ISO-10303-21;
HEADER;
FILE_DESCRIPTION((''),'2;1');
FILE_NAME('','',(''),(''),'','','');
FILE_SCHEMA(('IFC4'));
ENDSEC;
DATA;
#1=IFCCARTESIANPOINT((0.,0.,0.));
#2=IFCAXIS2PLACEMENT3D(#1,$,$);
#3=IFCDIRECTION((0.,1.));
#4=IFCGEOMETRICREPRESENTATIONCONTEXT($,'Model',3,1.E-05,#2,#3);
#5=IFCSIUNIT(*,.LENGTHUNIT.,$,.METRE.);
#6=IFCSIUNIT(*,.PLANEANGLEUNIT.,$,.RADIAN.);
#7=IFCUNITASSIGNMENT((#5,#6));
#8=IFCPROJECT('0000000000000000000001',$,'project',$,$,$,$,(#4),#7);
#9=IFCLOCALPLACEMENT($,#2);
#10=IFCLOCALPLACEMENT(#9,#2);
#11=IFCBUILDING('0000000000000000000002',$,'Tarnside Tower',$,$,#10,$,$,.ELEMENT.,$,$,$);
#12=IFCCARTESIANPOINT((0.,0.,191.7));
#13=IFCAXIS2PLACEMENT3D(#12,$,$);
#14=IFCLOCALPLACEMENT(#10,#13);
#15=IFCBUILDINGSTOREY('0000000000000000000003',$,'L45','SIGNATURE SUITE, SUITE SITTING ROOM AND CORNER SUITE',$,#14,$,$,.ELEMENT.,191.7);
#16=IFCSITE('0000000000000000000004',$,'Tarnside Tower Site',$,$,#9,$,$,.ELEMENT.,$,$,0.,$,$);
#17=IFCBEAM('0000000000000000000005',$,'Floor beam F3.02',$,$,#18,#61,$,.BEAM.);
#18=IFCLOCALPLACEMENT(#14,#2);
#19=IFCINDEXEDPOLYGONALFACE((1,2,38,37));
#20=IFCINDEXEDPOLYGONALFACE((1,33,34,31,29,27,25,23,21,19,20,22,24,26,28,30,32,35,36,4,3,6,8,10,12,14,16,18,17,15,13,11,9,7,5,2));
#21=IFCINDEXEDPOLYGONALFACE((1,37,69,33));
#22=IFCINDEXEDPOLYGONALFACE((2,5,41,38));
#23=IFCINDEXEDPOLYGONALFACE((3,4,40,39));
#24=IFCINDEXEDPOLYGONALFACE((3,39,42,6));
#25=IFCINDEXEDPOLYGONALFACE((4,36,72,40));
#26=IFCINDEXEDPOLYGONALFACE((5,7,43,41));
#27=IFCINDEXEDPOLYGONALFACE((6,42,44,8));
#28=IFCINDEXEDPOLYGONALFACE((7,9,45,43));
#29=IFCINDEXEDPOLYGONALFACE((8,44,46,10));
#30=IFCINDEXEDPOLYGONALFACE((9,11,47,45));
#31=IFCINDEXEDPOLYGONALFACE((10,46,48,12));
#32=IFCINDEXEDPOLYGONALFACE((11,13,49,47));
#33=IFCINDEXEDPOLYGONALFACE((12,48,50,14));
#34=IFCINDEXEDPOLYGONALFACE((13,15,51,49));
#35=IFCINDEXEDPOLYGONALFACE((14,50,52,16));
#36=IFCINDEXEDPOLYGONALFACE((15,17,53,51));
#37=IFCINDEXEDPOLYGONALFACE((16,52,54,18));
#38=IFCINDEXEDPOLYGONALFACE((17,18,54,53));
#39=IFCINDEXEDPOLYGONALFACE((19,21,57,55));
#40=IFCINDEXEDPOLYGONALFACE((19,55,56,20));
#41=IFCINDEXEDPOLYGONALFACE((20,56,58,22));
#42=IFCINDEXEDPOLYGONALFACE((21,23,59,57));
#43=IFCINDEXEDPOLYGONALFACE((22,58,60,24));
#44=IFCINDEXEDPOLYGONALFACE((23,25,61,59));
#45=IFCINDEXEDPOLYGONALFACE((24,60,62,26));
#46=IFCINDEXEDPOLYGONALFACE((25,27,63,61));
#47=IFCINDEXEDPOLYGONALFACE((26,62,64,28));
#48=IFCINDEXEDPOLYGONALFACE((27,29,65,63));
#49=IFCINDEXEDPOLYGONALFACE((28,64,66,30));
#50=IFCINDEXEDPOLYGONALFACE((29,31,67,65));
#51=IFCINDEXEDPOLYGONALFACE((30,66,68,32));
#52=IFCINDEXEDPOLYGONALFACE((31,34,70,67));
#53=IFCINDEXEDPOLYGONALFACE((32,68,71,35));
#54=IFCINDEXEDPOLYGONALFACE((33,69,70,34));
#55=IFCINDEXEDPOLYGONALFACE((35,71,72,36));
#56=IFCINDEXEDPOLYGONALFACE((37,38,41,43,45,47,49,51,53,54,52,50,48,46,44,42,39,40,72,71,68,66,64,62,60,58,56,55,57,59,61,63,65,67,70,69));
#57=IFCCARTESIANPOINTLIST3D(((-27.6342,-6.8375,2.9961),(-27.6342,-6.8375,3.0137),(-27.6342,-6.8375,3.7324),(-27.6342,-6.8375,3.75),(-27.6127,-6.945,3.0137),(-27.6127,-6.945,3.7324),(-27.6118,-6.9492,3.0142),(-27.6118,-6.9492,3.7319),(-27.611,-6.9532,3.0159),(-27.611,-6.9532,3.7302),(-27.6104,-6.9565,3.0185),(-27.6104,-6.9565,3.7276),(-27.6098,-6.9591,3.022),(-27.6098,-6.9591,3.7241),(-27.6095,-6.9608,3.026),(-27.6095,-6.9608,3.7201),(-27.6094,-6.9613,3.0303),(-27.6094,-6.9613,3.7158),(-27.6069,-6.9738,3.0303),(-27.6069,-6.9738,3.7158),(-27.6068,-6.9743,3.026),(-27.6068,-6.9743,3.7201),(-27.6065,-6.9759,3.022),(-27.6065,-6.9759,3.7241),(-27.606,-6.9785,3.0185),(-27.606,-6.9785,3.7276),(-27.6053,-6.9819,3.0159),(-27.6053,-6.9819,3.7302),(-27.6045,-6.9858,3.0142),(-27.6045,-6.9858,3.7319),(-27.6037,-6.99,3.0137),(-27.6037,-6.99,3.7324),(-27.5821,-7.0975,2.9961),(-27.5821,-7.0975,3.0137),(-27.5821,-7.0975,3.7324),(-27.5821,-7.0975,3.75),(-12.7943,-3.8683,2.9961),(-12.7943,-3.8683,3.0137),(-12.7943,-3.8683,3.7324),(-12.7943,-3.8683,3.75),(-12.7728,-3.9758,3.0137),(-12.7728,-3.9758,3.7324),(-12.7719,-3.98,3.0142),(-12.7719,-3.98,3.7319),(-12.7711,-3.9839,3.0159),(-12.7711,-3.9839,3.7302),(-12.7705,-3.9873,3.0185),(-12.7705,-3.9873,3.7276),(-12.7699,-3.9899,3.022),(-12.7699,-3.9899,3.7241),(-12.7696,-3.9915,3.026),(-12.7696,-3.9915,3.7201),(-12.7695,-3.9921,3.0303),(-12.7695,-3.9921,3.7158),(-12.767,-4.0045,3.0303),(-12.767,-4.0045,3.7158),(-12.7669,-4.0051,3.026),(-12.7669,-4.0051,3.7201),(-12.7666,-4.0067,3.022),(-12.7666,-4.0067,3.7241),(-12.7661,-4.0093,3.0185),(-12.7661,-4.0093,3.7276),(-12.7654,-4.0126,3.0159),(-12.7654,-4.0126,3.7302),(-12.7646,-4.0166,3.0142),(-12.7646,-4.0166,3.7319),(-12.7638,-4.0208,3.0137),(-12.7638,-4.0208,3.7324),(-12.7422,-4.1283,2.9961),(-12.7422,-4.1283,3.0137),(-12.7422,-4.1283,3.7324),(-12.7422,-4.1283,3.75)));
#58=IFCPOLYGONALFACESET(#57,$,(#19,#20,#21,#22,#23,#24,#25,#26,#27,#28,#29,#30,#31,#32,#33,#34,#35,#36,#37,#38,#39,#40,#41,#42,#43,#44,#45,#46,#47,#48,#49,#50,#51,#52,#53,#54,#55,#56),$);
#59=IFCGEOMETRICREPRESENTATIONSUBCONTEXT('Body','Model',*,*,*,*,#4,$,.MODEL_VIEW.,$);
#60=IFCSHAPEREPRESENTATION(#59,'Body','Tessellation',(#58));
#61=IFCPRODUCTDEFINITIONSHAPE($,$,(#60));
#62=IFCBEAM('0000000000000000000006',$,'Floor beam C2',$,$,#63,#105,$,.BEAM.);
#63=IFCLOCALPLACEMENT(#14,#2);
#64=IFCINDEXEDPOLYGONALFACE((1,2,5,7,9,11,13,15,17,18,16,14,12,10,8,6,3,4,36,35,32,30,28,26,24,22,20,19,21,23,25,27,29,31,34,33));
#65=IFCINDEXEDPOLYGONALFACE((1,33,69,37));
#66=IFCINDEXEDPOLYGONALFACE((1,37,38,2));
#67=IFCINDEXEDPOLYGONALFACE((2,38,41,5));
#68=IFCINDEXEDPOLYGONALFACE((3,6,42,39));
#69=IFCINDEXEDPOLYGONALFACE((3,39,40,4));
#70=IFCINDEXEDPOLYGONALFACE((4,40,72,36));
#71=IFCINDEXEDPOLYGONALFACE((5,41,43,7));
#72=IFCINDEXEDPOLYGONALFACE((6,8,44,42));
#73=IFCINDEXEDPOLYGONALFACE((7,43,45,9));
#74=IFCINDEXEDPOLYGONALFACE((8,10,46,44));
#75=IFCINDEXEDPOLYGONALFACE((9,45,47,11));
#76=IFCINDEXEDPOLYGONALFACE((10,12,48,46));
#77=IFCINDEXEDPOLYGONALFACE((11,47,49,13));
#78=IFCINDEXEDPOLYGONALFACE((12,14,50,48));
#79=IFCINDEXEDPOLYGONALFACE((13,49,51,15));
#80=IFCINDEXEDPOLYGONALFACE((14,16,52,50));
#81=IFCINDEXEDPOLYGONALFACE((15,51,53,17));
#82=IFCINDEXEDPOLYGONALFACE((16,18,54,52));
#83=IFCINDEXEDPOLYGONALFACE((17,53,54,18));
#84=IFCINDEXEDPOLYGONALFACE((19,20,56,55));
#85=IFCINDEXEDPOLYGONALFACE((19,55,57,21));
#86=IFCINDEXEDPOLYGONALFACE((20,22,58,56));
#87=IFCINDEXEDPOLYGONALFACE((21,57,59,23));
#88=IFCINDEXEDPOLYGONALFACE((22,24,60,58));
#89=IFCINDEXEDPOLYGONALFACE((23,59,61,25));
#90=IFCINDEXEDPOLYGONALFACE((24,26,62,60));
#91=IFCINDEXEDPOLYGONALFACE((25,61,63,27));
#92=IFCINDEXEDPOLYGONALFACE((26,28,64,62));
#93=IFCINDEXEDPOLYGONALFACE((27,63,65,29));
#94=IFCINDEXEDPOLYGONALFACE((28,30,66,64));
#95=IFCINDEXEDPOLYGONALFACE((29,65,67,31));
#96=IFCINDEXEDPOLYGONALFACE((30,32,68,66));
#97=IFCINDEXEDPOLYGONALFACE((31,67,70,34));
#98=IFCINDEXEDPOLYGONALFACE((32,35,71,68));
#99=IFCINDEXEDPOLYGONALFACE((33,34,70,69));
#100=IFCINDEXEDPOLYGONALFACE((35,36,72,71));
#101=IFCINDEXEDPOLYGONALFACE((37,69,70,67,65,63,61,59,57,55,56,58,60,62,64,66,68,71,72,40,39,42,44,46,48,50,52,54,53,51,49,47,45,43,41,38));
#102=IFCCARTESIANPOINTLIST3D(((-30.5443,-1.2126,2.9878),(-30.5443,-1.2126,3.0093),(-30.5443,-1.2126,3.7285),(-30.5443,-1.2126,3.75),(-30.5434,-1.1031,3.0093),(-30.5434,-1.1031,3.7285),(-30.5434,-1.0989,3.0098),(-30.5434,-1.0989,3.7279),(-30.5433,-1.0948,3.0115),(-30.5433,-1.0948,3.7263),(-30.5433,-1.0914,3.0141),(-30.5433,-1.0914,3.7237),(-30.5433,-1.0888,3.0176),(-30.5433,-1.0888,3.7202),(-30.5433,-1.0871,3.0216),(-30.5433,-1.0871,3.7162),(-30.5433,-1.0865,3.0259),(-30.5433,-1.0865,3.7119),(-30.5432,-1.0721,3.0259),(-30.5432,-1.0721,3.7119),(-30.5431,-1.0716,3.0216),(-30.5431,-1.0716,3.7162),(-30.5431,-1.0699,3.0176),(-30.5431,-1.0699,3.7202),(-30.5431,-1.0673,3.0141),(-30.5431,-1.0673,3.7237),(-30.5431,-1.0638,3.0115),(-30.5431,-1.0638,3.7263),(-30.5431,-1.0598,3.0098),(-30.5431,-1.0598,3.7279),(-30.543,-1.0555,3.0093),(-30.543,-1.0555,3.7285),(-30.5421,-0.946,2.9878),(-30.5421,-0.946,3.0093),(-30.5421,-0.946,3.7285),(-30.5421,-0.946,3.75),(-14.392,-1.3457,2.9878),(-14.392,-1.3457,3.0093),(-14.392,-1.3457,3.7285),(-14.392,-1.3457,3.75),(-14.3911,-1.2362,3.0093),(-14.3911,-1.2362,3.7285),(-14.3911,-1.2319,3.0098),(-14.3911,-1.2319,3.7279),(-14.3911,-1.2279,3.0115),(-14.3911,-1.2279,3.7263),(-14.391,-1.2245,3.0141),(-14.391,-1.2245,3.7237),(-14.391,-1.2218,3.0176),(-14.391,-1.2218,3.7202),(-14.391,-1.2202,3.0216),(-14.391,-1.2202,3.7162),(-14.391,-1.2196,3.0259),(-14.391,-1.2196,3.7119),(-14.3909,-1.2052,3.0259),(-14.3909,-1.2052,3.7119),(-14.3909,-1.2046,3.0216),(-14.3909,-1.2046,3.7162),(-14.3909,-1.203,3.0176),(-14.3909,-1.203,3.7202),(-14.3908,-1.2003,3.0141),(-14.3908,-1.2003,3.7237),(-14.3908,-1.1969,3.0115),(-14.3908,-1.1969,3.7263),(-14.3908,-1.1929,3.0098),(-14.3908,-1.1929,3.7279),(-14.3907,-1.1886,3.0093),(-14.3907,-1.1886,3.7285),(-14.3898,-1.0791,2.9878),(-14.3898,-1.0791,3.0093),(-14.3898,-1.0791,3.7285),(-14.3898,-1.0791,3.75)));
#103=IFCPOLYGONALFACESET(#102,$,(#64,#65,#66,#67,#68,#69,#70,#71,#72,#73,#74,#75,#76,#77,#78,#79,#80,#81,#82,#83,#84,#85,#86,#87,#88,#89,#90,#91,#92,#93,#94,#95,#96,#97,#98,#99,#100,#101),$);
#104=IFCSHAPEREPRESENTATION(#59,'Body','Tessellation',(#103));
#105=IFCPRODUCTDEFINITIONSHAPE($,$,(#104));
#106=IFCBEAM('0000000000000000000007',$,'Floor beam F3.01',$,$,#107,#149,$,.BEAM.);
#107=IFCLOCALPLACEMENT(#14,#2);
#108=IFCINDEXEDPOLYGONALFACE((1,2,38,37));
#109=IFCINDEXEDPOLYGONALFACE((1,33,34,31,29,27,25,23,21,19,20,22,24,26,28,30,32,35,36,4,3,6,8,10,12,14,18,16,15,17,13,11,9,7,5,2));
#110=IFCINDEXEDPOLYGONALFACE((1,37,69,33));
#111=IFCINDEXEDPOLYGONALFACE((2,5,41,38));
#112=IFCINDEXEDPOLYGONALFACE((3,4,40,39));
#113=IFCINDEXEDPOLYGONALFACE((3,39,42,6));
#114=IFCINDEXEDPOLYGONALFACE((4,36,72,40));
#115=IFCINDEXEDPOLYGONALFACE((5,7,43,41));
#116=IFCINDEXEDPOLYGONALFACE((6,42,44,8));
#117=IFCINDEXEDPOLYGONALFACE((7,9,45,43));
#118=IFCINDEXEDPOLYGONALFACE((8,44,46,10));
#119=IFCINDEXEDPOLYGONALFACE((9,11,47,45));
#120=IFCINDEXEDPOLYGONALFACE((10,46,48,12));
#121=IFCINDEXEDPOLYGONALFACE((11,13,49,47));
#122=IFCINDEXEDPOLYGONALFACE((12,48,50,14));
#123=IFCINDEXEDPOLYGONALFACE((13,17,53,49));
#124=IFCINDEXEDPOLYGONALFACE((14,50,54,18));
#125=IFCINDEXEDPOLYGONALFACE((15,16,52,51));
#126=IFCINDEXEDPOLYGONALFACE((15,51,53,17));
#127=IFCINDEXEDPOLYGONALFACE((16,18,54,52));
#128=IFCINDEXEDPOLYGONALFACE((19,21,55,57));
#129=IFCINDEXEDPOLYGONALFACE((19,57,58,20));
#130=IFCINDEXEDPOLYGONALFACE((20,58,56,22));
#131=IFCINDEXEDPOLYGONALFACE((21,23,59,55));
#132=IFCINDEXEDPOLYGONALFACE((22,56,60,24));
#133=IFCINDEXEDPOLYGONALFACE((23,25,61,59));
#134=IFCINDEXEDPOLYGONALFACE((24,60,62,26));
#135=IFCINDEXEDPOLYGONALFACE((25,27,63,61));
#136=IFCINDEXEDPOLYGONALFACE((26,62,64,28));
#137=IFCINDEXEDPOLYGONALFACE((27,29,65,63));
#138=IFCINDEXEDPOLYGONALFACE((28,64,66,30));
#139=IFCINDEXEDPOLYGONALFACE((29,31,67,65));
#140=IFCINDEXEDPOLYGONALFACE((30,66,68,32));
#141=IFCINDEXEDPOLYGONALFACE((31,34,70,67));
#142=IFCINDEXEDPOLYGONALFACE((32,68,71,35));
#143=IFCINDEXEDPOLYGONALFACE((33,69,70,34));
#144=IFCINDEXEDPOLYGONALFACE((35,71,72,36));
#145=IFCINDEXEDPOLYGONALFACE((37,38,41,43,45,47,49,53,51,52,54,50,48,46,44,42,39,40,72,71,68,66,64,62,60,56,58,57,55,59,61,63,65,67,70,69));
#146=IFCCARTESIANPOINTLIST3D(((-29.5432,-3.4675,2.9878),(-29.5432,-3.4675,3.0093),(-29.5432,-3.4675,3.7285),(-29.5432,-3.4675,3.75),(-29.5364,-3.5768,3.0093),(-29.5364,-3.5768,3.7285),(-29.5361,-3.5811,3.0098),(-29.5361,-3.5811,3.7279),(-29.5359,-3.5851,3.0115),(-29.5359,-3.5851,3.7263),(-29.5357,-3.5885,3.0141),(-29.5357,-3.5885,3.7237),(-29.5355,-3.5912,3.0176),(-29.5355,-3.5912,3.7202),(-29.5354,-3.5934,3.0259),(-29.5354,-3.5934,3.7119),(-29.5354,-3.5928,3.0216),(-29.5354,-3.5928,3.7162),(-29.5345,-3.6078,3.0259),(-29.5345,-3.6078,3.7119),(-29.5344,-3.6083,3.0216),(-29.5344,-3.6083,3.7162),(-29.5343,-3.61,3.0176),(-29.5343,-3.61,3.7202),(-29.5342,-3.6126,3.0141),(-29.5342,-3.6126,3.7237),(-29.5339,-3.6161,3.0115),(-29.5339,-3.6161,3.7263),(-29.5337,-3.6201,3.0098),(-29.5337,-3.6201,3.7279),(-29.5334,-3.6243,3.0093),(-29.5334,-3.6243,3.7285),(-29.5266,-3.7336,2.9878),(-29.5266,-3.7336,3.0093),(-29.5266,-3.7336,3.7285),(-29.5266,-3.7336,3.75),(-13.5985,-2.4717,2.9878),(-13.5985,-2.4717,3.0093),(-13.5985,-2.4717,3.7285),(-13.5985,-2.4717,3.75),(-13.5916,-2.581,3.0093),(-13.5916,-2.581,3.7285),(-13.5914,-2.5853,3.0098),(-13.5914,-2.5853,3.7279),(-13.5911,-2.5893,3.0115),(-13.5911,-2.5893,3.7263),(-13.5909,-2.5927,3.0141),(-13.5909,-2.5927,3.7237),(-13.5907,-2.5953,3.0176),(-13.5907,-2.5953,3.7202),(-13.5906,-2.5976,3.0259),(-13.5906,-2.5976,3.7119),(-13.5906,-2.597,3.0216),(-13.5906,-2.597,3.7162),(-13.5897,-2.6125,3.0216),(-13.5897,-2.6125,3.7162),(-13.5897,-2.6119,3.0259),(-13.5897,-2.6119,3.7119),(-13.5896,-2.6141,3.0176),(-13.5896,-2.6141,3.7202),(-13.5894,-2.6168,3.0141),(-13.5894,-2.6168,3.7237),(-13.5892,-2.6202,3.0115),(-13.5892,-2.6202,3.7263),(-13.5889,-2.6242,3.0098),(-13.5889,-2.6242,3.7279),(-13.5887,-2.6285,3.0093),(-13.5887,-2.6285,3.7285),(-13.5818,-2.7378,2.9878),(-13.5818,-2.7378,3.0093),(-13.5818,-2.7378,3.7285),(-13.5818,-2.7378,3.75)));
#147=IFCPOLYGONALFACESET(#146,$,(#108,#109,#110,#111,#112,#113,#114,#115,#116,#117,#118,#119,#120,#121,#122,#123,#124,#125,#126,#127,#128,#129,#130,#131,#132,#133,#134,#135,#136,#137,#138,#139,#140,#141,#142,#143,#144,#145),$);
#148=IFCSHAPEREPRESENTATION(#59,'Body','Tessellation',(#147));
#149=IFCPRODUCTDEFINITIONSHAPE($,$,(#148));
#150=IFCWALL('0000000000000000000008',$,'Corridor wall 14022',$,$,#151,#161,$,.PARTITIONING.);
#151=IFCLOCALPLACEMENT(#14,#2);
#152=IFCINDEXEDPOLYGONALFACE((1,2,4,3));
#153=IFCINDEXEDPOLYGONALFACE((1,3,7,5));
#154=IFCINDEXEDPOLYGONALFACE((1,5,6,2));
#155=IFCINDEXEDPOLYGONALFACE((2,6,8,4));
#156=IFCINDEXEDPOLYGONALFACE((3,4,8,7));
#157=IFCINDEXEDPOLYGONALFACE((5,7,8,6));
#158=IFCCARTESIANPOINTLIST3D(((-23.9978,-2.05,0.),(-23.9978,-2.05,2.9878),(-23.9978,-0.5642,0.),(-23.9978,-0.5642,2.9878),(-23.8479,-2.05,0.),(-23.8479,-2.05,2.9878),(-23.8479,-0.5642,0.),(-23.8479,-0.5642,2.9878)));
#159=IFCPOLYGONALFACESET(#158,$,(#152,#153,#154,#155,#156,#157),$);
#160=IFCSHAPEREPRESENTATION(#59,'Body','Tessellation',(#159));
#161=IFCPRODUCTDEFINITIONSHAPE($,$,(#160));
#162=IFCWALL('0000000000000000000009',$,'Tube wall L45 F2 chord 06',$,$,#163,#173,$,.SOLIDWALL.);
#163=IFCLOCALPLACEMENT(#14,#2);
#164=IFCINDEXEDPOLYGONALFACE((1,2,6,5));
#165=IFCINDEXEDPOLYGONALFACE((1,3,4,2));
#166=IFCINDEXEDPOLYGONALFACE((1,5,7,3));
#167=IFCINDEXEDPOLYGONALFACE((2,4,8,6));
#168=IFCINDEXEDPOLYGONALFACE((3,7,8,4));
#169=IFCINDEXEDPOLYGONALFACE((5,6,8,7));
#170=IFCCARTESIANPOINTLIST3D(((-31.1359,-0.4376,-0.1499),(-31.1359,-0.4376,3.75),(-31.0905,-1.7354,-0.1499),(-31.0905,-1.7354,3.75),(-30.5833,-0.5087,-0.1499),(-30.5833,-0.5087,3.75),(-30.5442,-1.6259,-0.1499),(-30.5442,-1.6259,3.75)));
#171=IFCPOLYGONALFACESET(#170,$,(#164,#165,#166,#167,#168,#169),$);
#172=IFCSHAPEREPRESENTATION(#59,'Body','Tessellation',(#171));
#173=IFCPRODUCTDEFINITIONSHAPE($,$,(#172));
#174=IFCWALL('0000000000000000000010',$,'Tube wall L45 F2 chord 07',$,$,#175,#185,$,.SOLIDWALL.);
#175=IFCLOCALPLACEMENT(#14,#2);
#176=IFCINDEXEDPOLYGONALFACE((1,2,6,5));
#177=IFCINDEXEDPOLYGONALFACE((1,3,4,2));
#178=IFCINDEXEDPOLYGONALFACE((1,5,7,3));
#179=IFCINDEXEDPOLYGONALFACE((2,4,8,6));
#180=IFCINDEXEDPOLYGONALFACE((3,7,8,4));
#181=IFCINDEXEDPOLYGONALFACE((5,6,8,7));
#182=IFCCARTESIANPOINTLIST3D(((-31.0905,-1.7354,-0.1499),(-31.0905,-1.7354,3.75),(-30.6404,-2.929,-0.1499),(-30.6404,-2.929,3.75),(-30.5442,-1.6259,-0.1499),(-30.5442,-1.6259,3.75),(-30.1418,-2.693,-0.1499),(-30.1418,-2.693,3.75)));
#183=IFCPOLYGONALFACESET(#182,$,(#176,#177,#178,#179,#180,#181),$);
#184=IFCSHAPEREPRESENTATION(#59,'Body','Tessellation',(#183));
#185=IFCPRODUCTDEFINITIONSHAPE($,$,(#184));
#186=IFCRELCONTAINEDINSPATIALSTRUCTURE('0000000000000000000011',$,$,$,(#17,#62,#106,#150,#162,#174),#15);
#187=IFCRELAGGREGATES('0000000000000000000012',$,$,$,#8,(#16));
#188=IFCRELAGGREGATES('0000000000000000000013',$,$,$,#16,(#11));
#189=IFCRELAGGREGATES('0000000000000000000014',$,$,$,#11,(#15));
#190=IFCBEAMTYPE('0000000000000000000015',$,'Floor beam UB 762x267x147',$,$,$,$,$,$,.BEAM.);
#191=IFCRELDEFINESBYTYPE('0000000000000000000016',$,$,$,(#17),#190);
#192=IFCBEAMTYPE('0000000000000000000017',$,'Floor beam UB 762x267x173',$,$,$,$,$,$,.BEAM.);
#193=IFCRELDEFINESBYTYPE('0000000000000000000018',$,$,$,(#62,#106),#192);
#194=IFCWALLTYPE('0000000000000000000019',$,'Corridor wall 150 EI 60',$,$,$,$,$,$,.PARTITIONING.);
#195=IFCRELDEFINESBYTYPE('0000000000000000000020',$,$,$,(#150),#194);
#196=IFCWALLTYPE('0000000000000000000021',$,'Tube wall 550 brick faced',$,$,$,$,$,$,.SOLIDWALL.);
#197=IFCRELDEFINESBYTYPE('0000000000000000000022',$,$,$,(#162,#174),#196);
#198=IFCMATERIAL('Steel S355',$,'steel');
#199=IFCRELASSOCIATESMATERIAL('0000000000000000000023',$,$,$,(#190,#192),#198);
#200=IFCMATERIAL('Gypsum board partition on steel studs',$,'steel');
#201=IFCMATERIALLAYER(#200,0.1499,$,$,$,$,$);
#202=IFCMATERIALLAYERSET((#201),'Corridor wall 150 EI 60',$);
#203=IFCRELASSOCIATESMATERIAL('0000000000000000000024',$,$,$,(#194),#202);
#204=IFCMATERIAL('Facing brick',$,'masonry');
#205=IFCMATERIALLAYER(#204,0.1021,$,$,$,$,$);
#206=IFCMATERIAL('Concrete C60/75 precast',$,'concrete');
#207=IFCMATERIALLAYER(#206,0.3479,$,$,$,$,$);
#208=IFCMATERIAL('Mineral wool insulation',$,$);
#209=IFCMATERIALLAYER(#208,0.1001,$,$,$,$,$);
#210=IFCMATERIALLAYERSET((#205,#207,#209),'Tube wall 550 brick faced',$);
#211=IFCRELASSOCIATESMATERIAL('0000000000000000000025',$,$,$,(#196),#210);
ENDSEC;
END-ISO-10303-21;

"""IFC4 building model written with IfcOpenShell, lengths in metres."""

from ifc_helpers import new_model, si_unit, direction, frame, frame_2d, origin, origin_2d, place, context, subcontext, project, spatial, polyline, rectangle, i_section, outline, extrude, material, layer, layer_set, material_profile, profile_set, type_object, element, save


model = new_model("IFC4")

# Units and contexts
model_context = context("Model", 3, precision=1e-05, world=origin(), true_north=direction((0.0, 1.0)))
body_context = subcontext(model_context, "Body", "Model", "MODEL_VIEW")
ifc_project = project(units=[si_unit("LENGTHUNIT", "METRE"), si_unit("PLANEANGLEUNIT", "RADIAN")], contexts=[model_context])

# Site, building, storey
site_placement = place(None, origin())
site = spatial("IfcSite", under=ifc_project, at=site_placement, Name="Tarnside Tower Site", CompositionType="ELEMENT", RefElevation=0.0)
building_placement = place(site_placement, origin())
building = spatial("IfcBuilding", under=site, at=building_placement, Name="Tarnside Tower", CompositionType="ELEMENT")
storey_placement = place(building_placement, frame((0.0, 0.0, 191.7)))
storey = spatial("IfcBuildingStorey", under=building, at=storey_placement, Name="L45", Description="SIGNATURE SUITE, SUITE SITTING ROOM AND CORNER SUITE", CompositionType="ELEMENT", Elevation=191.7)

# Beams
ifc_material_1 = material(Name="Steel S355", Category="steel")
ifc_material_profile_1 = material_profile(ifc_material_1, i_section(OverallWidth=0.2651, OverallDepth=0.7539, WebThickness=0.0127, FlangeThickness=0.0176, FilletRadius=0.0166, at=origin_2d()), Name="UB 762x267x147")
ifc_profile_set_1 = profile_set([ifc_material_profile_1], Name="Steel S355")
beam_type_1 = type_object("IfcBeamType", Name="Floor beam UB 762x267x147", PredefinedType="BEAM", material=ifc_profile_set_1)
beam_1_placement = place(storey_placement, frame((-27.6082, -6.9675, 3.373), z_axis=(0.980565, 0.196197, 0.0), x_axis=(-0.196197, 0.980565, 0.0)))
element("IfcBeam", 1, at=beam_1_placement, inside=storey, type_object=beam_type_1, Name="Floor beam F3.02", PredefinedType="BEAM", context=body_context, shape_type="SweptSolid", body=[
    extrude(i_section(OverallWidth=0.2651, OverallDepth=0.7539, WebThickness=0.0127, FlangeThickness=0.0176, FilletRadius=0.0166, at=origin_2d()), origin(), (0.0, 0.0, 1.0), 15.134),
])
ifc_material_profile_2 = material_profile(ifc_material_1, i_section(OverallWidth=0.2666, OverallDepth=0.7622, WebThickness=0.0144, FlangeThickness=0.0215, FilletRadius=0.0166, at=origin_2d()), Name="UB 762x267x173")
ifc_profile_set_2 = profile_set([ifc_material_profile_2], Name="Steel S355")
beam_type_2 = type_object("IfcBeamType", Name="Floor beam UB 762x267x173", PredefinedType="BEAM", material=ifc_profile_set_2)
beam_2_placement = place(storey_placement, frame((-30.5432, -1.0793, 3.3689), z_axis=(0.999966, -0.008237, 0.0), x_axis=(0.008237, 0.999966, 0.0)))
element("IfcBeam", 2, at=beam_2_placement, inside=storey, type_object=beam_type_2, Name="Floor beam C2", PredefinedType="BEAM", context=body_context, shape_type="SweptSolid", body=[
    extrude(i_section(OverallWidth=0.2666, OverallDepth=0.7622, WebThickness=0.0144, FlangeThickness=0.0215, FilletRadius=0.0166, at=origin_2d()), origin(), (0.0, 0.0, 1.0), 16.1528),
])
beam_3_placement = place(storey_placement, frame((-29.5349, -3.6006, 3.3689), z_axis=(0.998055, 0.062335, 0.0), x_axis=(-0.062335, 0.998055, 0.0)))
element("IfcBeam", 3, at=beam_3_placement, inside=storey, type_object=beam_type_2, Name="Floor beam F3.01", PredefinedType="BEAM", context=body_context, shape_type="SweptSolid", body=[
    extrude(i_section(OverallWidth=0.2666, OverallDepth=0.7622, WebThickness=0.0144, FlangeThickness=0.0215, FilletRadius=0.0166, at=origin_2d()), origin(), (0.0, 0.0, 1.0), 15.9758),
])

# Walls
ifc_material_2 = material(Name="Gypsum board partition on steel studs", Category="steel")
ifc_layer_1 = layer(ifc_material_2, 0.1499)
ifc_layer_set_1 = layer_set([ifc_layer_1], Name="Corridor wall 150 EI 60")
wall_type_1 = type_object("IfcWallType", Name="Corridor wall 150 EI 60", PredefinedType="PARTITIONING", material=ifc_layer_set_1)
wall_1_placement = place(storey_placement, frame((-23.9229, -0.5642, 0.0), z_axis=(0.0, 0.0, 1.0), x_axis=(0.0, -1.0, 0.0)))
element("IfcWall", 4, at=wall_1_placement, inside=storey, type_object=wall_type_1, Name="Corridor wall 14022", PredefinedType="PARTITIONING", context=body_context, shape_type="SweptSolid", body=[
    extrude(rectangle(XDim=1.4858, YDim=0.1499, at=frame_2d((0.7429, 0.0))), origin(), (0.0, 0.0, 1.0), 2.9878),
])
ifc_material_3 = material(Name="Facing brick", Category="masonry")
ifc_layer_2 = layer(ifc_material_3, 0.1021)
ifc_material_4 = material(Name="Concrete C60/75 precast", Category="concrete")
ifc_layer_3 = layer(ifc_material_4, 0.3479)
ifc_material_5 = material(Name="Mineral wool insulation")
ifc_layer_4 = layer(ifc_material_5, 0.1001)
ifc_layer_set_2 = layer_set([ifc_layer_2, ifc_layer_3, ifc_layer_4], Name="Tube wall 550 brick faced")
wall_type_2 = type_object("IfcWallType", Name="Tube wall 550 brick faced", PredefinedType="SOLIDWALL", material=ifc_layer_set_2)
wall_2_placement = place(storey_placement, frame((-30.8596, -0.4731, -0.1499), z_axis=(0.0, 0.0, 1.0), x_axis=(0.034956, -0.999389, 0.0)))
element("IfcWall", 5, at=wall_2_placement, inside=storey, type_object=wall_type_2, Name="Tube wall L45 F2 chord 06", PredefinedType="SOLIDWALL", context=body_context, shape_type="SweptSolid", body=[
    extrude(outline(polyline([(-0.0452, -0.2749), (1.2534, -0.2749), (1.1631, 0.2749), (0.0452, 0.2749), (-0.0452, -0.2749)])), origin(), (0.0, 0.0, 1.0), 3.8999),
])
wall_3_placement = place(storey_placement, frame((-30.8174, -1.6807, -0.1499), z_axis=(0.0, 0.0, 1.0), x_axis=(0.35285, -0.93568, 0.0)))
element("IfcWall", 6, at=wall_3_placement, inside=storey, type_object=wall_type_2, Name="Tube wall L45 F2 chord 07", PredefinedType="SOLIDWALL", context=body_context, shape_type="SweptSolid", body=[
    extrude(outline(polyline([(-0.0452, -0.2749), (1.2305, -0.2749), (1.1855, 0.2749), (0.0452, 0.2749), (-0.0452, -0.2749)])), origin(), (0.0, 0.0, 1.0), 3.8999),
])

save(model, "model.ifc")
